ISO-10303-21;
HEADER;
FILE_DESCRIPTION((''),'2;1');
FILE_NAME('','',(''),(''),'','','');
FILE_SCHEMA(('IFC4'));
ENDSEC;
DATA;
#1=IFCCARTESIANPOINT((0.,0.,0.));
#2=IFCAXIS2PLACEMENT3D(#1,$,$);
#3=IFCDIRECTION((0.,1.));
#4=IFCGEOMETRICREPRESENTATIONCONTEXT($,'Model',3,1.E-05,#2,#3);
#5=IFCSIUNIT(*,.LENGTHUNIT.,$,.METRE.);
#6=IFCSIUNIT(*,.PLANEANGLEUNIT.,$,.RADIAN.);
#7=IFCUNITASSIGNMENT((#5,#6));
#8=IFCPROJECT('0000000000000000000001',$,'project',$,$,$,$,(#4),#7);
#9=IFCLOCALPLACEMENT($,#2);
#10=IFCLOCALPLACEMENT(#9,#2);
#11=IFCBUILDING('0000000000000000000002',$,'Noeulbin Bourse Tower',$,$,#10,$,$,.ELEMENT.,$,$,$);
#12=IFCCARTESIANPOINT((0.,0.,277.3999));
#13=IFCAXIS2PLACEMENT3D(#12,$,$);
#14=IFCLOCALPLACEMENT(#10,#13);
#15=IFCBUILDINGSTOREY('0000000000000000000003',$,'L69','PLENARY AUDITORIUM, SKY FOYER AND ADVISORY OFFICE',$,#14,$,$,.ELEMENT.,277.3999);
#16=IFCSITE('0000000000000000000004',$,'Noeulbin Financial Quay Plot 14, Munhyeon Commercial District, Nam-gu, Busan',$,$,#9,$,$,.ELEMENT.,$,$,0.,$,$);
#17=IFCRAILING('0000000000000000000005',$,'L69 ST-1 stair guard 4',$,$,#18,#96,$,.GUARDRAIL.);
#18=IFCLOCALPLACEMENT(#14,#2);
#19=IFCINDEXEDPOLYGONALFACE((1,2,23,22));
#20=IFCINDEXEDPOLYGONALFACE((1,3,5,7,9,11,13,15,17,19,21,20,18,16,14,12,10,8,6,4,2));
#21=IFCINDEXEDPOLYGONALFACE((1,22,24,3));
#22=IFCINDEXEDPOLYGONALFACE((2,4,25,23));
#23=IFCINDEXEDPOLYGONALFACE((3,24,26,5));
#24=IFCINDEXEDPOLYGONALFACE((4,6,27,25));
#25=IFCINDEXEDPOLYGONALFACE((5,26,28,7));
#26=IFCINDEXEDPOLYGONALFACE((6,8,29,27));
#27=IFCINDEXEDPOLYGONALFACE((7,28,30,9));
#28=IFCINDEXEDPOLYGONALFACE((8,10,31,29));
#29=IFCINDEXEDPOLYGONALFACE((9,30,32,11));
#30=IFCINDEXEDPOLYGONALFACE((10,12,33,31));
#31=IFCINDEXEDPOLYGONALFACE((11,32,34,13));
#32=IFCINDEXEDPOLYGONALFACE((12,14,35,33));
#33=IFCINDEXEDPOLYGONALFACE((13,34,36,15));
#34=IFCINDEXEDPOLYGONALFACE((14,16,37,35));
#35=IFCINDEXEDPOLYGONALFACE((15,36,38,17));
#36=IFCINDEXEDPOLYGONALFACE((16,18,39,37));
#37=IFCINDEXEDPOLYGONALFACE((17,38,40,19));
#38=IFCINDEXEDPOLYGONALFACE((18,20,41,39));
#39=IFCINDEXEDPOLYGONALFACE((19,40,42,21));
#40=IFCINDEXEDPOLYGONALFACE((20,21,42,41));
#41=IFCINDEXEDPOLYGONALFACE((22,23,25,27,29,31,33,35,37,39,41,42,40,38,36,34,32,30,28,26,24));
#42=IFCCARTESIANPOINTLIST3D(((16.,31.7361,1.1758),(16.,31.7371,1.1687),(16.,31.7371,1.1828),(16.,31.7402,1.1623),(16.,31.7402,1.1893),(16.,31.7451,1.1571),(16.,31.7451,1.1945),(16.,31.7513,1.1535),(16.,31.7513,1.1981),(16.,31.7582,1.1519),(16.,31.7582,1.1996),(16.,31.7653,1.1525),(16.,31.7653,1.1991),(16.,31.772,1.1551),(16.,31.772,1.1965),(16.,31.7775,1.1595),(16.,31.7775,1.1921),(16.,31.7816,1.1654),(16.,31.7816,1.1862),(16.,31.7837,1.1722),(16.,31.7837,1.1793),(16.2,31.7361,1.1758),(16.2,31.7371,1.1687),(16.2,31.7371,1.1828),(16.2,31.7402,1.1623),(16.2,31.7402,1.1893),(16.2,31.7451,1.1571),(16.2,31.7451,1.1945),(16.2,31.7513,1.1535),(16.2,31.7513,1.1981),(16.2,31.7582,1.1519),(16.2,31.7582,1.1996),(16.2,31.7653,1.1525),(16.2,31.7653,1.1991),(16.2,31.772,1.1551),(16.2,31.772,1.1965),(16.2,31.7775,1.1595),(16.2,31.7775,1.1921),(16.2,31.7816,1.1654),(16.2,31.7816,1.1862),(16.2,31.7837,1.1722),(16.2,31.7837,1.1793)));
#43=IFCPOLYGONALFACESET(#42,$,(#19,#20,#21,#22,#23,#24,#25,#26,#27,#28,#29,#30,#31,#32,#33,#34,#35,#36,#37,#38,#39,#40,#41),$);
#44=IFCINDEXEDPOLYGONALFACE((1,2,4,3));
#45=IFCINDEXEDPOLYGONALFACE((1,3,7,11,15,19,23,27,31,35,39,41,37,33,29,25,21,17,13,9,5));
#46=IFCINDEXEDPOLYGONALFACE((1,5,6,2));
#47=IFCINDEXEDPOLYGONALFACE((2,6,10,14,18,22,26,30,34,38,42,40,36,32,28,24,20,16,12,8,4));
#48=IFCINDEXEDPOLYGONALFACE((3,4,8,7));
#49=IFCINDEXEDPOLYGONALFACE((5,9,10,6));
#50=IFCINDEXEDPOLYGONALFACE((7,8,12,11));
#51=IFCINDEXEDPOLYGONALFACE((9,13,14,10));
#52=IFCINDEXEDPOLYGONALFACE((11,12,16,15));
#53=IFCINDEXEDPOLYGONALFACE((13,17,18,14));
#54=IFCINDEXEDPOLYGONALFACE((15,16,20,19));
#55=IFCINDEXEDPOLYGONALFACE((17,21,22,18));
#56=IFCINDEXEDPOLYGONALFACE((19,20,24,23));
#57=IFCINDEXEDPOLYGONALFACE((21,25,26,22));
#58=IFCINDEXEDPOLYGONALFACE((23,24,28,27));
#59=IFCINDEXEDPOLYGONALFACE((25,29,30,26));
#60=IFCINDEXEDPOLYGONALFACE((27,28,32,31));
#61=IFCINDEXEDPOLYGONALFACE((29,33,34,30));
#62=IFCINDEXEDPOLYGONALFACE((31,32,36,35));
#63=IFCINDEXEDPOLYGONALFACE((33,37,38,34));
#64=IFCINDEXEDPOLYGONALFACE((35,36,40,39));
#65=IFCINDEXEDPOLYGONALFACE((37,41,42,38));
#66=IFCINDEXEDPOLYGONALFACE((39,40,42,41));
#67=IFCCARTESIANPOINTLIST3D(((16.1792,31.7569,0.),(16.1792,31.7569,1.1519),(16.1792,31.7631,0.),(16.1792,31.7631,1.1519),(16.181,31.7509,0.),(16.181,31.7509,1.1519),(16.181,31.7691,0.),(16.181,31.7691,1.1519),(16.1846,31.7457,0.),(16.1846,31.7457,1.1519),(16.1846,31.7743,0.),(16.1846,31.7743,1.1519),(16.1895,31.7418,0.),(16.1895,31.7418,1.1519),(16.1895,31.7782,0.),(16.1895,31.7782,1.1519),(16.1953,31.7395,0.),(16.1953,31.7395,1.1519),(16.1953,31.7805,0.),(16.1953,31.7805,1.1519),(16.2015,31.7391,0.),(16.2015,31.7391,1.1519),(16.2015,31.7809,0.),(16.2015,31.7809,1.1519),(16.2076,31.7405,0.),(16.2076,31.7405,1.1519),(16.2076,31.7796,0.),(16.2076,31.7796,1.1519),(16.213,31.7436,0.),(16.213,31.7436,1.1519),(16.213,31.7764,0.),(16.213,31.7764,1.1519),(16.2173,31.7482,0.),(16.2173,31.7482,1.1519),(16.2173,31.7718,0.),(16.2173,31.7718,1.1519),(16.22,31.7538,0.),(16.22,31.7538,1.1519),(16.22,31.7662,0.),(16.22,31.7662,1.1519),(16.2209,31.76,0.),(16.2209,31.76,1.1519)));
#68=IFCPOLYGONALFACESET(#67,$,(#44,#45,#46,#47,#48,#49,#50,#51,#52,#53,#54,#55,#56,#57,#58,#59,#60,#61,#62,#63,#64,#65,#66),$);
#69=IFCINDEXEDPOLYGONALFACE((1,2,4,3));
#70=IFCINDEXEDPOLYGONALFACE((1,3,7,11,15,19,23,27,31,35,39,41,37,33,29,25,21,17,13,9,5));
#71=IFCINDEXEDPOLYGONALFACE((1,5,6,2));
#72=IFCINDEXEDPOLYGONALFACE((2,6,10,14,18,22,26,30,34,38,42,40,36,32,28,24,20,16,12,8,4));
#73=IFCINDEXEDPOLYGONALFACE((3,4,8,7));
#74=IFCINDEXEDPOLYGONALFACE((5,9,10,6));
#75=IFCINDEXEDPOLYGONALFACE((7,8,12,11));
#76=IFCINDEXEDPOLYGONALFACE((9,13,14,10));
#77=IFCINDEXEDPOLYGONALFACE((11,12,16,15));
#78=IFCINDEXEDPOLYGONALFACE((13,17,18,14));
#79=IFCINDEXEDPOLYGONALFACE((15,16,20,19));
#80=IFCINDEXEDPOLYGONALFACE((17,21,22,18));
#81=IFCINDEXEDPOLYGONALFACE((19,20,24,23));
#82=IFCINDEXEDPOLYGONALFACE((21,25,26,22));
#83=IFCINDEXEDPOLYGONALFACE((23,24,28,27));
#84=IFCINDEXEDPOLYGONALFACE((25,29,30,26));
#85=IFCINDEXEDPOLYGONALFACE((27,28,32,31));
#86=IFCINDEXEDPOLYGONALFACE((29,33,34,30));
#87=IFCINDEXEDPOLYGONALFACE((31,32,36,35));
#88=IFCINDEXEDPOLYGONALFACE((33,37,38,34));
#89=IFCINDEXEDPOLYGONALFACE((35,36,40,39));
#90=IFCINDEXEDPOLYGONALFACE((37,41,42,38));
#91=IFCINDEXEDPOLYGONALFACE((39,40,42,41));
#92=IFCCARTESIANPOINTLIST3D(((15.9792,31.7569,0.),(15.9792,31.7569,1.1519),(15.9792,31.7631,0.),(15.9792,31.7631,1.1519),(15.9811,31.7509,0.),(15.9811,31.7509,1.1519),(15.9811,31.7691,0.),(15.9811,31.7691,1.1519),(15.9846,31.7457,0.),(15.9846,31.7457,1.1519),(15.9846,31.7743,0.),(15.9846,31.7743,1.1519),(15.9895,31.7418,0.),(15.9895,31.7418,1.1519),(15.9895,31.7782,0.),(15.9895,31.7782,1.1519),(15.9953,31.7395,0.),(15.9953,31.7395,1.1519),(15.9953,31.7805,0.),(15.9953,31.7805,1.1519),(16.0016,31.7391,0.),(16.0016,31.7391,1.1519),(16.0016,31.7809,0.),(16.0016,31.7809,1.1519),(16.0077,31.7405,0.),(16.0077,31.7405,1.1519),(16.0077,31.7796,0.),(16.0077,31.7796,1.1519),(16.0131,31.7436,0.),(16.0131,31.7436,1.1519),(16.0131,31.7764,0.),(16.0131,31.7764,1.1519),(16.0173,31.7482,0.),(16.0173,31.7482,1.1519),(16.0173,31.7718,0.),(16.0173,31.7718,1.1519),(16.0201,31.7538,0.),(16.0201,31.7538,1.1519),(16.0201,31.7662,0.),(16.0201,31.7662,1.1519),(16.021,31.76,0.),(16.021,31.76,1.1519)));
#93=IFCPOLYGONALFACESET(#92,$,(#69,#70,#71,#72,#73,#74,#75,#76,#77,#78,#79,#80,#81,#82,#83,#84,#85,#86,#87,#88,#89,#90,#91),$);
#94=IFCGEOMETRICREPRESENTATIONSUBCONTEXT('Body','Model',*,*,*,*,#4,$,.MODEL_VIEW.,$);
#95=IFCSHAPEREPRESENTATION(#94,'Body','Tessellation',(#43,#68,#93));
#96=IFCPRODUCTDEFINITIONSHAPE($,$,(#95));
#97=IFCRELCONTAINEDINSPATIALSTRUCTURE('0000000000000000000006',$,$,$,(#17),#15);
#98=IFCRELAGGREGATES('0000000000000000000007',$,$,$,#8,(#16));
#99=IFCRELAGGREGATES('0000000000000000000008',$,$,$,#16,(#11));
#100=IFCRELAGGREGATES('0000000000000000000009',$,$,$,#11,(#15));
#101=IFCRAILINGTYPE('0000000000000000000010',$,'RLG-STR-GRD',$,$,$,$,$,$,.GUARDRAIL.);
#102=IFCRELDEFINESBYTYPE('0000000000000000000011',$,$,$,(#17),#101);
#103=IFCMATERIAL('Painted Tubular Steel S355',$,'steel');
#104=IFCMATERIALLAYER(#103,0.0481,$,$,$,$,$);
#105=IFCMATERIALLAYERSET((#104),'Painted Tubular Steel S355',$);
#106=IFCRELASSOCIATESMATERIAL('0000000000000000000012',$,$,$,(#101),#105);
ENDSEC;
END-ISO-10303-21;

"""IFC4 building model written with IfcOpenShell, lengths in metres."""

from ifc_helpers import new_model, si_unit, direction, frame, origin, origin_2d, place, context, subcontext, project, spatial, circle, extrude, material, layer, layer_set, type_object, element, save


model = new_model("IFC4")

# Units and contexts
model_context = context("Model", 3, precision=1e-05, world=origin(), true_north=direction((0.0, 1.0)))
body_context = subcontext(model_context, "Body", "Model", "MODEL_VIEW")
ifc_project = project(units=[si_unit("LENGTHUNIT", "METRE"), si_unit("PLANEANGLEUNIT", "RADIAN")], contexts=[model_context])

# Site, building, storey
site_placement = place(None, origin())
site = spatial("IfcSite", under=ifc_project, at=site_placement, Name="Noeulbin Financial Quay Plot 14, Munhyeon Commercial District, Nam-gu, Busan", CompositionType="ELEMENT", RefElevation=0.0)
building_placement = place(site_placement, origin())
building = spatial("IfcBuilding", under=site, at=building_placement, Name="Noeulbin Bourse Tower", CompositionType="ELEMENT")
storey_placement = place(building_placement, frame((0.0, 0.0, 277.3999)))
storey = spatial("IfcBuildingStorey", under=building, at=storey_placement, Name="L69", Description="PLENARY AUDITORIUM, SKY FOYER AND ADVISORY OFFICE", CompositionType="ELEMENT", Elevation=277.3999)

# Railing
ifc_material_1 = material(Name="Painted Tubular Steel S355", Category="steel")
ifc_layer_1 = layer(ifc_material_1, 0.0481)
ifc_layer_set_1 = layer_set([ifc_layer_1], Name="Painted Tubular Steel S355")
railing_type_1 = type_object("IfcRailingType", Name="RLG-STR-GRD", PredefinedType="GUARDRAIL", material=ifc_layer_set_1)
railing_1_placement = place(storey_placement, frame((16.2, 31.76, 0.0)))
element("IfcRailing", 1, at=railing_1_placement, inside=storey, type_object=railing_type_1, Name="L69 ST-1 stair guard 4", PredefinedType="GUARDRAIL", context=body_context, shape_type="SweptSolid", body=[
    extrude(circle(Radius=0.0239, at=origin_2d()), frame((0.0, 0.0, 1.1758), z_axis=(-1.0, 0.0, 0.0), x_axis=(0.0, -1.0, 0.0)), (0.0, 0.0, 1.0), 0.2),
    extrude(circle(Radius=0.021, at=origin_2d()), origin(), (0.0, 0.0, 1.0), 1.1519),
    extrude(circle(Radius=0.021, at=origin_2d()), frame((-0.2, 0.0, 0.0)), (0.0, 0.0, 1.0), 1.1519),
])

save(model, "model.ifc")
